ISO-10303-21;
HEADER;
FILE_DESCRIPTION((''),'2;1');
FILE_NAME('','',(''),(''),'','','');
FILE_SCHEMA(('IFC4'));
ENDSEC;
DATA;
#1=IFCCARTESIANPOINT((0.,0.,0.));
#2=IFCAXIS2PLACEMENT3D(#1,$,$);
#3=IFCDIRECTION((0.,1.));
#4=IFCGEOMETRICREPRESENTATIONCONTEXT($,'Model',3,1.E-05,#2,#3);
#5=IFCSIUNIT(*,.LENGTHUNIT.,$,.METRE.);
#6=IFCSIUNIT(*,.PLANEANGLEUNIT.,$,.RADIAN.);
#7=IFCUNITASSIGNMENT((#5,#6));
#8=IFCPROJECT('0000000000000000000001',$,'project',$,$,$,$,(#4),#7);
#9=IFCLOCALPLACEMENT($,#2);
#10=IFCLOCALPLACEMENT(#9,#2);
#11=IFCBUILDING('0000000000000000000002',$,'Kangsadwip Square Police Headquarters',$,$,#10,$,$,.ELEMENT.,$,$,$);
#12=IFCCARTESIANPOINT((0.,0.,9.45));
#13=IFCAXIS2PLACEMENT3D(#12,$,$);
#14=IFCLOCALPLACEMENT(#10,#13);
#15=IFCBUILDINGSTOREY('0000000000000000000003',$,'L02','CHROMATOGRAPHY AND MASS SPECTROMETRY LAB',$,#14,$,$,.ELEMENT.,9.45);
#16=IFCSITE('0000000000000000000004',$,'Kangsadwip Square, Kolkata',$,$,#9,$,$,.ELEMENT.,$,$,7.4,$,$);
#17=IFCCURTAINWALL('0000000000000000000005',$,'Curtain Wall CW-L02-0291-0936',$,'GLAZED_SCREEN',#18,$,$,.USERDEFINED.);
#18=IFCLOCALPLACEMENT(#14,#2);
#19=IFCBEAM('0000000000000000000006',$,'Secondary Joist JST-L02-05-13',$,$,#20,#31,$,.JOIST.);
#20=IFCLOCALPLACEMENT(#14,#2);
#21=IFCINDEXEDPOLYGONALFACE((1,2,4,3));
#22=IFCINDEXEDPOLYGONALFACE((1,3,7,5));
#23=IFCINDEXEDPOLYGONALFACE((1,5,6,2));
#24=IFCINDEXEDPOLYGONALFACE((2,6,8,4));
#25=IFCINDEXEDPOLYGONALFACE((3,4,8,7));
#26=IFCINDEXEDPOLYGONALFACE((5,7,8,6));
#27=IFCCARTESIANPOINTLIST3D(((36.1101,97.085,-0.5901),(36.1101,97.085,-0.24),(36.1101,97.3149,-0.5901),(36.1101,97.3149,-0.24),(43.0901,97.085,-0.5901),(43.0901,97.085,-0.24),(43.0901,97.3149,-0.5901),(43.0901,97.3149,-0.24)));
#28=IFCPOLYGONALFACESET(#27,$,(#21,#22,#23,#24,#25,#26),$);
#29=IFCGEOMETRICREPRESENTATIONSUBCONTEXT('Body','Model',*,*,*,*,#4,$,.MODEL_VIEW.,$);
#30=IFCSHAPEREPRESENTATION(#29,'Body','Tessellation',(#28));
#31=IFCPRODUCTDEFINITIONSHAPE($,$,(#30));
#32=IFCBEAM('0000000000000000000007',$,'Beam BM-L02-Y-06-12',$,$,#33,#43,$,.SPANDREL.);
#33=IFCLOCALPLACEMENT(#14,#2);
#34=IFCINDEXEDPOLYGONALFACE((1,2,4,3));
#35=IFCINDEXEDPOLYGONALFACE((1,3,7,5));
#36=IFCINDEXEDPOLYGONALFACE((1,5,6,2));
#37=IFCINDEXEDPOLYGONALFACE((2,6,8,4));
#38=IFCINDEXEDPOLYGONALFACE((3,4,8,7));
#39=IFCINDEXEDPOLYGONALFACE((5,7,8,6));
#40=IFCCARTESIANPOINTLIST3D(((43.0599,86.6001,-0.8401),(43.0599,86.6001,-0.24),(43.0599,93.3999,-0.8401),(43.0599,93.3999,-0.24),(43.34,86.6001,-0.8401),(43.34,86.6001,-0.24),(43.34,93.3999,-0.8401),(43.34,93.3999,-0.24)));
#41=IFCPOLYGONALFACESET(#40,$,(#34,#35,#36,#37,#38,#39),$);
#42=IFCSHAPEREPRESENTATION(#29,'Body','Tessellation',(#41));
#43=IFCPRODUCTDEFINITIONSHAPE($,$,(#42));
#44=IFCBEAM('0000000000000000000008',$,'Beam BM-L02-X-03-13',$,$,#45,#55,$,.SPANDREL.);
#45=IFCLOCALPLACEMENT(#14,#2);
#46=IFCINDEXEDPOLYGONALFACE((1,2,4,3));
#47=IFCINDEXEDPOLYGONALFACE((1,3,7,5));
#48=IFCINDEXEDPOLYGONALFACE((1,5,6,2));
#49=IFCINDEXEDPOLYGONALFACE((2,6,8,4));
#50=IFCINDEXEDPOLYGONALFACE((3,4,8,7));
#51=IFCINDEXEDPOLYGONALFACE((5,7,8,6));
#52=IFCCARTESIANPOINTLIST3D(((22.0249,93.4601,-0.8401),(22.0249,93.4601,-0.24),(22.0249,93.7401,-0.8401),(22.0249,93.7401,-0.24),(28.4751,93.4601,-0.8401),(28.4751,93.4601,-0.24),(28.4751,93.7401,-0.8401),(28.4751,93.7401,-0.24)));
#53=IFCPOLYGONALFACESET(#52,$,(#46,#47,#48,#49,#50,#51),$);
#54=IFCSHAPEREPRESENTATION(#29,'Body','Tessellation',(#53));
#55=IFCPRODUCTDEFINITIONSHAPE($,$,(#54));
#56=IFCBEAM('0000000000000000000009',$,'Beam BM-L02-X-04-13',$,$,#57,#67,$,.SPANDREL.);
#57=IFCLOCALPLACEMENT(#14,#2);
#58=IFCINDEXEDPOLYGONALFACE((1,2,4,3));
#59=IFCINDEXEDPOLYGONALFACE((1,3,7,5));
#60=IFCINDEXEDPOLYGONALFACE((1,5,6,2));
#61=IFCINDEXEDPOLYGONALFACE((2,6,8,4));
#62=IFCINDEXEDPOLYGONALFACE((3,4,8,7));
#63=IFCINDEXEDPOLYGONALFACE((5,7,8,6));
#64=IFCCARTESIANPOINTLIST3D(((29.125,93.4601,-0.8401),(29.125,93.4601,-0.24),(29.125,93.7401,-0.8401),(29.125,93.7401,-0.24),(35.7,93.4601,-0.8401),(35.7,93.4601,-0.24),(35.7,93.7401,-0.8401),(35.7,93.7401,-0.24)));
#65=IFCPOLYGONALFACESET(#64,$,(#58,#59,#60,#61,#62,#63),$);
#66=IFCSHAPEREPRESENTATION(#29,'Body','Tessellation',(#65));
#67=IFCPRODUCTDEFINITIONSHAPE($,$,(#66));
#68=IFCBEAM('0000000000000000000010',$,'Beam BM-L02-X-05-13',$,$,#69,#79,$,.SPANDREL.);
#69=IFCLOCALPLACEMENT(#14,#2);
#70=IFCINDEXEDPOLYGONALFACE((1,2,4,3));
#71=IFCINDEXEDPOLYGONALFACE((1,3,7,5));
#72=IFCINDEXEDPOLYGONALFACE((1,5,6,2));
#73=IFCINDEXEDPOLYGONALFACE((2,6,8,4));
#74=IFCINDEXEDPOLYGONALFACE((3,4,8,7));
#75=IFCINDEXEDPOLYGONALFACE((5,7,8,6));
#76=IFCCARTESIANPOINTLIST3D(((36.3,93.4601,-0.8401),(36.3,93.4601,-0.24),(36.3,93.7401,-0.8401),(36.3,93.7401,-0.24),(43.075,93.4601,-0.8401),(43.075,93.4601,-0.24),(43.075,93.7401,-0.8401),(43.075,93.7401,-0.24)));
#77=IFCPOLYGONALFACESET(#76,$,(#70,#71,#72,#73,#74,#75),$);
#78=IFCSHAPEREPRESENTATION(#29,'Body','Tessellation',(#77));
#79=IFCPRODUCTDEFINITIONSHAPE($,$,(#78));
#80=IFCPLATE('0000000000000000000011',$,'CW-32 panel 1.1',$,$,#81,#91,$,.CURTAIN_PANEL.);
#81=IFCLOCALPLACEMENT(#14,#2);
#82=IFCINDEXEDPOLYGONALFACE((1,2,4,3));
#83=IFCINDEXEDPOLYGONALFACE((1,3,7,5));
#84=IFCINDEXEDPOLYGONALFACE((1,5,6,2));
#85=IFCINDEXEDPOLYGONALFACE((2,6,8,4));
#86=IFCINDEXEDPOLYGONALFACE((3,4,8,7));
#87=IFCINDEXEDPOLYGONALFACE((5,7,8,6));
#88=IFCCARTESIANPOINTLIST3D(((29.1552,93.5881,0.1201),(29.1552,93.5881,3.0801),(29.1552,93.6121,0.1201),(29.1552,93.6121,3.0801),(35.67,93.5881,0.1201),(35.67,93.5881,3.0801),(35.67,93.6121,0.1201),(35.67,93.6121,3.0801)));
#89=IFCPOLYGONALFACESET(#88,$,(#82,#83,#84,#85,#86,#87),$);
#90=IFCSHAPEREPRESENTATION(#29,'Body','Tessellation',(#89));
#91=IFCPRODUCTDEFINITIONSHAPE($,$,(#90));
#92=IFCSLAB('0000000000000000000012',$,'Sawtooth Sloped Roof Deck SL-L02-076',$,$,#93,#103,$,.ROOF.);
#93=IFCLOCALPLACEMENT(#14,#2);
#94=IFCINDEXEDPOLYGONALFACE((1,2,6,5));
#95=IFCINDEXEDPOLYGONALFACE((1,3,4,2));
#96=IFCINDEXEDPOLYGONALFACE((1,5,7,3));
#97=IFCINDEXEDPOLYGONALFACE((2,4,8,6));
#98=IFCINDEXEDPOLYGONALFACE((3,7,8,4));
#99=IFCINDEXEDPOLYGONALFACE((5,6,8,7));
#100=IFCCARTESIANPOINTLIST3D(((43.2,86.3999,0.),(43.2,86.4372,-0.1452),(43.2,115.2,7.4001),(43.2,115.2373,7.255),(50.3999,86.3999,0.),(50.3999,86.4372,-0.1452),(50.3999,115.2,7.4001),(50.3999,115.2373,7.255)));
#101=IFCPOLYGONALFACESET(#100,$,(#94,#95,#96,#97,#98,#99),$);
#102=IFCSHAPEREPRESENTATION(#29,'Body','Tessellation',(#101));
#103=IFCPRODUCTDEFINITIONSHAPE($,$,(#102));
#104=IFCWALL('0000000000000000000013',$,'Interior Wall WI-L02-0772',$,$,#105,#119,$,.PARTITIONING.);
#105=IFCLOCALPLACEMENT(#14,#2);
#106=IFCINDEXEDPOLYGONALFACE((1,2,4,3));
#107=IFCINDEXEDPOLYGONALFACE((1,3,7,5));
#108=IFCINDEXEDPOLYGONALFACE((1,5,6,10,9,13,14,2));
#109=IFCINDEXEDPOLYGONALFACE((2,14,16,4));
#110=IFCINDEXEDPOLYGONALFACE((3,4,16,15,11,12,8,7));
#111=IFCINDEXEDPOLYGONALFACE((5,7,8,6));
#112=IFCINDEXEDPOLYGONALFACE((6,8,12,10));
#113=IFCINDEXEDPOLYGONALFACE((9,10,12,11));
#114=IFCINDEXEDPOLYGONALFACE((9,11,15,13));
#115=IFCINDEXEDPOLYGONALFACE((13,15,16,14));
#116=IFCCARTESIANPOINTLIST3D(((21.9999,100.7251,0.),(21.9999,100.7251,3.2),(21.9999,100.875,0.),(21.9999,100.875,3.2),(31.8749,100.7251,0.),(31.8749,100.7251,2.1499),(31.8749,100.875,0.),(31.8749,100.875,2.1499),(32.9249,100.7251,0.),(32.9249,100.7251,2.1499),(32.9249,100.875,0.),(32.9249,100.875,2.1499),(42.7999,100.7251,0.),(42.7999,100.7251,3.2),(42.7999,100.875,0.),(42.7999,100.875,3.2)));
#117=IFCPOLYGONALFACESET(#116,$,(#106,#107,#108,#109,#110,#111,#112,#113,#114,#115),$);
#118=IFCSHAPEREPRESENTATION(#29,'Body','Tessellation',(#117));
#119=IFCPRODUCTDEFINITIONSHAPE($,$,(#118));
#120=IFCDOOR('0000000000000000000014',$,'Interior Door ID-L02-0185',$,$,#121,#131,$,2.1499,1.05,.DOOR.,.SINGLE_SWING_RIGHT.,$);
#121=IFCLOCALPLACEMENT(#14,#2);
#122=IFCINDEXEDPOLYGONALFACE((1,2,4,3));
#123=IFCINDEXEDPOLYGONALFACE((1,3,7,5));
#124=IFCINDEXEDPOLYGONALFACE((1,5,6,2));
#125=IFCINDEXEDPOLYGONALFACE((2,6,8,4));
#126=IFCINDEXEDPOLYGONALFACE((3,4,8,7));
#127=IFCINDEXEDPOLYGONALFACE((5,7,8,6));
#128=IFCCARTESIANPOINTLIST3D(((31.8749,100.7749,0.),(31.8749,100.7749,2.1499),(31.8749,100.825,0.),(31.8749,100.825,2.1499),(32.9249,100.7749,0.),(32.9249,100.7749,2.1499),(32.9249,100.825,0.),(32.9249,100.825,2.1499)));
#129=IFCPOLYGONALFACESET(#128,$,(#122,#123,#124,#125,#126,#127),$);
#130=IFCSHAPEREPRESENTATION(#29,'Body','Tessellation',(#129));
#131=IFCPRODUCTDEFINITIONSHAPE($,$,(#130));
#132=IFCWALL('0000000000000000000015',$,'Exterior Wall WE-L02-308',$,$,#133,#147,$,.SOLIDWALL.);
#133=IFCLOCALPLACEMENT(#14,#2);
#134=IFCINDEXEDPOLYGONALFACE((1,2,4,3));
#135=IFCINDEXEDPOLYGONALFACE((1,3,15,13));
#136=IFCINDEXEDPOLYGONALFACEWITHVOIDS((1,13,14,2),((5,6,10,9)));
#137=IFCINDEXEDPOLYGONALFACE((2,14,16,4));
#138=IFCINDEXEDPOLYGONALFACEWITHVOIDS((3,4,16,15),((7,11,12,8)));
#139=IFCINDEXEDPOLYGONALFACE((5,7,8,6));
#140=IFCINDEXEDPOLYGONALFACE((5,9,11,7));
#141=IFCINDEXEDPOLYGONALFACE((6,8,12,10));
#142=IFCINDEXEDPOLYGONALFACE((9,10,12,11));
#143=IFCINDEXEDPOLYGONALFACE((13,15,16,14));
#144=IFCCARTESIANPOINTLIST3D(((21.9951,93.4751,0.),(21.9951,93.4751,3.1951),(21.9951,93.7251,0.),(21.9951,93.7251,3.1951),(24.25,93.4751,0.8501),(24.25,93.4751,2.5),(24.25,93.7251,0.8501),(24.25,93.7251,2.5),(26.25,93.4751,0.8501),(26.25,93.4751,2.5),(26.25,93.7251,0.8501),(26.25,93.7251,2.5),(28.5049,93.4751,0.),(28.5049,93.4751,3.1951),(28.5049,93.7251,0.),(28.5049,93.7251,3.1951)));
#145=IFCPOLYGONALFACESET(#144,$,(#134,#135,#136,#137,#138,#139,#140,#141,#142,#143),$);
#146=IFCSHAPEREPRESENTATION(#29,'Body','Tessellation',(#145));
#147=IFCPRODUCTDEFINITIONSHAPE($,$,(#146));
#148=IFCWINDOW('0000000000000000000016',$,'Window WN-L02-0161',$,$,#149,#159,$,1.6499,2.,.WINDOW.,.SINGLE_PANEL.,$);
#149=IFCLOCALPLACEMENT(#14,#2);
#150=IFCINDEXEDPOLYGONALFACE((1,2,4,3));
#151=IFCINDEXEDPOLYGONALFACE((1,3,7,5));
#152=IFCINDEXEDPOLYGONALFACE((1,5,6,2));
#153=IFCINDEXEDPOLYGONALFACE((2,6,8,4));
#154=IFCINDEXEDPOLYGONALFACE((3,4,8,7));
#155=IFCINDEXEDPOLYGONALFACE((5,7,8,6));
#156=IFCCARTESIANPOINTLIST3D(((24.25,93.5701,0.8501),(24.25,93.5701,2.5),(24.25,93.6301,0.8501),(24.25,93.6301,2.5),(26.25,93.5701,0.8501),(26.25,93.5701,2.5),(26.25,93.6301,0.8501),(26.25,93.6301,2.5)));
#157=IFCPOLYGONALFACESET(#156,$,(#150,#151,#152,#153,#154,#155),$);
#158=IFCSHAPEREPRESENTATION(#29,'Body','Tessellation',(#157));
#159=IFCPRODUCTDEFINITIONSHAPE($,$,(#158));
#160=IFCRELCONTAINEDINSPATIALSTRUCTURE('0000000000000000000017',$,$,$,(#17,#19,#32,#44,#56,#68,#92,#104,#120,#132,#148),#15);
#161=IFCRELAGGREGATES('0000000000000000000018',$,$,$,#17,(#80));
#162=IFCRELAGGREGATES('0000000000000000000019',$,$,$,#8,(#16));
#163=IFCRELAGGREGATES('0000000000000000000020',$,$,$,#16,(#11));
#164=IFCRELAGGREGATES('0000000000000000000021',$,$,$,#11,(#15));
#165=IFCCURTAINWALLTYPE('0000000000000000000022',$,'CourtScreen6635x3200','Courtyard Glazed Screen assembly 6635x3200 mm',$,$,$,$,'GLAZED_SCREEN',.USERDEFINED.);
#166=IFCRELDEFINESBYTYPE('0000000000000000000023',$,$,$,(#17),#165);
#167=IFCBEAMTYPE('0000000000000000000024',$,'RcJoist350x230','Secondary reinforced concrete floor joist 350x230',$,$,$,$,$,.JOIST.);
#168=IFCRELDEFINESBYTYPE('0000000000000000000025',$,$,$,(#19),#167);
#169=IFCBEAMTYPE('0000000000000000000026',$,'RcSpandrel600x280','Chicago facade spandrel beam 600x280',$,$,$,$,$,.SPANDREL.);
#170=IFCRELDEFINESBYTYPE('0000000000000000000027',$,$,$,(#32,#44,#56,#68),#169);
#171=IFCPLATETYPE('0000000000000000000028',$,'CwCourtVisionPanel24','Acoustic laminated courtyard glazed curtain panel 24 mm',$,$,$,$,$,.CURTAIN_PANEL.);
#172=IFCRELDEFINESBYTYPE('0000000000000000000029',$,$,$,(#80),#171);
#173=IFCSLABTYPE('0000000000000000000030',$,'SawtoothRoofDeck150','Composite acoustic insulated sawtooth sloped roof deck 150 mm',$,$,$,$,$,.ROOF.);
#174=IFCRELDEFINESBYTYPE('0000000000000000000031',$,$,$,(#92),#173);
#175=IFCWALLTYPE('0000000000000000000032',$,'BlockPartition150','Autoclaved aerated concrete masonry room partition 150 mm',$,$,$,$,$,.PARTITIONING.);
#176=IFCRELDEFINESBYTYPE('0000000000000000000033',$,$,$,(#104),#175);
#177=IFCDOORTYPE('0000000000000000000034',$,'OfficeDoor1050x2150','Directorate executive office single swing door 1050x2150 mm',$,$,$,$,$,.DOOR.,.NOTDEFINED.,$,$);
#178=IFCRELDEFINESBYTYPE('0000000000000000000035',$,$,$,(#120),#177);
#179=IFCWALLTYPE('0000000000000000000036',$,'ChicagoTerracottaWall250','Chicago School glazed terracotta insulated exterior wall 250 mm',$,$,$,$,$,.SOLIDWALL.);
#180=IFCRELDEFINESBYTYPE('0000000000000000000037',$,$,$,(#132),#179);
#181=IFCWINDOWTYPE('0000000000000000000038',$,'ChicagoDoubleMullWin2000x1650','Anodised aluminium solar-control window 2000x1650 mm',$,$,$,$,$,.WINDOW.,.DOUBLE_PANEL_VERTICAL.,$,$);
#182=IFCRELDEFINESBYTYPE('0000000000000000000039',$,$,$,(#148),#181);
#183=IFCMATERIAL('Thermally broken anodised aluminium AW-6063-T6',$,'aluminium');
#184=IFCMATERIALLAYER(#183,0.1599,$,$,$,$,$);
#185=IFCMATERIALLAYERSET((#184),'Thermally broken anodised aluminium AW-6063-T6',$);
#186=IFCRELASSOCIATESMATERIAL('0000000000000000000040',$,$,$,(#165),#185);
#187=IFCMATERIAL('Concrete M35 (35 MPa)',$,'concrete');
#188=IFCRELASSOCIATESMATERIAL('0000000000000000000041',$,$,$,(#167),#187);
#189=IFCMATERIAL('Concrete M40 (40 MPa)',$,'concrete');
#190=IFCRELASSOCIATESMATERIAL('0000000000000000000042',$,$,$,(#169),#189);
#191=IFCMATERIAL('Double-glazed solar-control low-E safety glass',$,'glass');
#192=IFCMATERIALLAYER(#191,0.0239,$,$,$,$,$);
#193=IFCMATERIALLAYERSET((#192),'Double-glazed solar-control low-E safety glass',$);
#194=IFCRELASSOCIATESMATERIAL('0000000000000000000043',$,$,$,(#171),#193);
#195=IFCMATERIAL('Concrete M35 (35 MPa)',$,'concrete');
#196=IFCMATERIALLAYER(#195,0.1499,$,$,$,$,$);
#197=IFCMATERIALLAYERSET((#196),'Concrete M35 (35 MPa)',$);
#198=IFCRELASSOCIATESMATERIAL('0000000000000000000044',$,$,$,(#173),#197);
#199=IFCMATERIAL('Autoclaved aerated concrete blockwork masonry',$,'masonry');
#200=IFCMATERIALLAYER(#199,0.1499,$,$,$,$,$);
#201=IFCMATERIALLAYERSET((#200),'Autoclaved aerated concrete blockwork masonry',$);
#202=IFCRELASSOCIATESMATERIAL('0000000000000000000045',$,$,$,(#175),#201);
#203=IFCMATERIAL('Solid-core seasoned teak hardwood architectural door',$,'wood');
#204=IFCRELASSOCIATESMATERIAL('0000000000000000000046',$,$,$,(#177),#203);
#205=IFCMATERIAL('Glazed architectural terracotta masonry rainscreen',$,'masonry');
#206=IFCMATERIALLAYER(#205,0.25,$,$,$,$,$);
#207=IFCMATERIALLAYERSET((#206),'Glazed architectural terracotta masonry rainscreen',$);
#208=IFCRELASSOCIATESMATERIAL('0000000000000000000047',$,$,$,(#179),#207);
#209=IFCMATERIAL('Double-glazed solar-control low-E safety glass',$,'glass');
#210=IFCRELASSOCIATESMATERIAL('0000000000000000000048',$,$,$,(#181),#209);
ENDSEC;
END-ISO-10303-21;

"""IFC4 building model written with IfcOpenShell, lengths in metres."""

from ifc_helpers import new_model, si_unit, direction, frame, frame_2d, origin, origin_2d, place, context, subcontext, project, spatial, polyline, rectangle, outline, extrude, material, layer, layer_set, material_profile, profile_set, type_object, element, fill, aggregate, save


model = new_model("IFC4")

# Units and contexts
model_context = context("Model", 3, precision=1e-05, world=origin(), true_north=direction((0.0, 1.0)))
body_context = subcontext(model_context, "Body", "Model", "MODEL_VIEW")
ifc_project = project(units=[si_unit("LENGTHUNIT", "METRE"), si_unit("PLANEANGLEUNIT", "RADIAN")], contexts=[model_context])

# Site, building, storey
site_placement = place(None, origin())
site = spatial("IfcSite", under=ifc_project, at=site_placement, Name="Kangsadwip Square, Kolkata", CompositionType="ELEMENT", RefElevation=7.4)
building_placement = place(site_placement, origin())
building = spatial("IfcBuilding", under=site, at=building_placement, Name="Kangsadwip Square Police Headquarters", CompositionType="ELEMENT")
storey_placement = place(building_placement, frame((0.0, 0.0, 9.45)))
storey = spatial("IfcBuildingStorey", under=building, at=storey_placement, Name="L02", Description="CHROMATOGRAPHY AND MASS SPECTROMETRY LAB", CompositionType="ELEMENT", Elevation=9.45)

# Curtain wall
ifc_material_1 = material(Name="Thermally broken anodised aluminium AW-6063-T6", Category="aluminium")
ifc_layer_1 = layer(ifc_material_1, 0.1599)
ifc_layer_set_1 = layer_set([ifc_layer_1], Name="Thermally broken anodised aluminium AW-6063-T6")
curtain_wall_type = type_object("IfcCurtainWallType", Name="CourtScreen6635x3200", Description="Courtyard Glazed Screen assembly 6635x3200 mm", ElementType="GLAZED_SCREEN", PredefinedType="USERDEFINED", material=ifc_layer_set_1)
curtain_wall_placement = place(storey_placement, origin())
curtain_wall = element("IfcCurtainWall", 1, at=curtain_wall_placement, inside=storey, type_object=curtain_wall_type, Name="Curtain Wall CW-L02-0291-0936", ObjectType="GLAZED_SCREEN", PredefinedType="USERDEFINED")

# Beams
ifc_material_2 = material(Name="Concrete M35 (35 MPa)", Category="concrete")
ifc_material_profile_1 = material_profile(ifc_material_2, rectangle(XDim=0.23, YDim=0.3501, at=origin_2d()), Name="RC JST 350X230")
ifc_profile_set_1 = profile_set([ifc_material_profile_1], Name="Concrete M35 (35 MPa)")
beam_type_1 = type_object("IfcBeamType", Name="RcJoist350x230", Description="Secondary reinforced concrete floor joist 350x230", PredefinedType="JOIST", material=ifc_profile_set_1)
beam_1_placement = place(storey_placement, frame((36.1101, 97.2, -0.415), z_axis=(1.0, 0.0, 0.0), x_axis=(0.0, 1.0, 0.0)))
element("IfcBeam", 2, at=beam_1_placement, inside=storey, type_object=beam_type_1, Name="Secondary Joist JST-L02-05-13", PredefinedType="JOIST", context=body_context, shape_type="SweptSolid", body=[
    extrude(rectangle(XDim=0.23, YDim=0.3501, at=origin_2d()), origin(), (0.0, 0.0, 1.0), 6.98),
])
ifc_material_3 = material(Name="Concrete M40 (40 MPa)", Category="concrete")
ifc_material_profile_2 = material_profile(ifc_material_3, rectangle(XDim=0.28, YDim=0.6001, at=origin_2d()), Name="RC SPN 600X280")
ifc_profile_set_2 = profile_set([ifc_material_profile_2], Name="Concrete M40 (40 MPa)")
beam_type_2 = type_object("IfcBeamType", Name="RcSpandrel600x280", Description="Chicago facade spandrel beam 600x280", PredefinedType="SPANDREL", material=ifc_profile_set_2)
beam_2_placement = place(storey_placement, frame((43.2, 86.6001, -0.54), z_axis=(0.0, 1.0, 0.0), x_axis=(-1.0, 0.0, 0.0)))
element("IfcBeam", 3, at=beam_2_placement, inside=storey, type_object=beam_type_2, Name="Beam BM-L02-Y-06-12", PredefinedType="SPANDREL", context=body_context, shape_type="SweptSolid", body=[
    extrude(rectangle(XDim=0.28, YDim=0.6001, at=origin_2d()), origin(), (0.0, 0.0, 1.0), 6.7998),
])
beam_3_placement = place(storey_placement, frame((22.0249, 93.6001, -0.54), z_axis=(1.0, 0.0, 0.0), x_axis=(0.0, 1.0, 0.0)))
element("IfcBeam", 4, at=beam_3_placement, inside=storey, type_object=beam_type_2, Name="Beam BM-L02-X-03-13", PredefinedType="SPANDREL", context=body_context, shape_type="SweptSolid", body=[
    extrude(rectangle(XDim=0.28, YDim=0.6001, at=origin_2d()), origin(), (0.0, 0.0, 1.0), 6.4502),
])
beam_4_placement = place(storey_placement, frame((29.125, 93.6001, -0.54), z_axis=(1.0, 0.0, 0.0), x_axis=(0.0, 1.0, 0.0)))
element("IfcBeam", 5, at=beam_4_placement, inside=storey, type_object=beam_type_2, Name="Beam BM-L02-X-04-13", PredefinedType="SPANDREL", context=body_context, shape_type="SweptSolid", body=[
    extrude(rectangle(XDim=0.28, YDim=0.6001, at=origin_2d()), origin(), (0.0, 0.0, 1.0), 6.575),
])
beam_5_placement = place(storey_placement, frame((36.3, 93.6001, -0.54), z_axis=(1.0, 0.0, 0.0), x_axis=(0.0, 1.0, 0.0)))
element("IfcBeam", 6, at=beam_5_placement, inside=storey, type_object=beam_type_2, Name="Beam BM-L02-X-05-13", PredefinedType="SPANDREL", context=body_context, shape_type="SweptSolid", body=[
    extrude(rectangle(XDim=0.28, YDim=0.6001, at=origin_2d()), origin(), (0.0, 0.0, 1.0), 6.7749),
])

# Plate
ifc_material_4 = material(Name="Double-glazed solar-control low-E safety glass", Category="glass")
ifc_layer_2 = layer(ifc_material_4, 0.0239)
ifc_layer_set_2 = layer_set([ifc_layer_2], Name="Double-glazed solar-control low-E safety glass")
plate_type = type_object("IfcPlateType", Name="CwCourtVisionPanel24", Description="Acoustic laminated courtyard glazed curtain panel 24 mm", PredefinedType="CURTAIN_PANEL", material=ifc_layer_set_2)
plate_placement = place(storey_placement, frame((32.4126, 93.6001, 0.1201), z_axis=(0.0, 0.0, 1.0), x_axis=(1.0, 0.0, 0.0)))
plate = element("IfcPlate", 7, at=plate_placement, type_object=plate_type, Name="CW-32 panel 1.1", PredefinedType="CURTAIN_PANEL", context=body_context, shape_type="SweptSolid", body=[
    extrude(rectangle(XDim=6.5149, YDim=0.0239, at=origin_2d()), origin(), (0.0, 0.0, 1.0), 2.96),
])
aggregate(curtain_wall, [plate])

# Slab
ifc_material_5 = material(Name="Concrete M35 (35 MPa)", Category="concrete")
ifc_layer_3 = layer(ifc_material_5, 0.1499)
ifc_layer_set_3 = layer_set([ifc_layer_3], Name="Concrete M35 (35 MPa)")
slab_type = type_object("IfcSlabType", Name="SawtoothRoofDeck150", Description="Composite acoustic insulated sawtooth sloped roof deck 150 mm", PredefinedType="ROOF", material=ifc_layer_set_3)
slab_placement = place(storey_placement, frame((43.2, 86.3999, 0.0), z_axis=(0.0, -0.248865, 0.968538), x_axis=(1.0, 0.0, 0.0)))
element("IfcSlab", 8, at=slab_placement, inside=storey, type_object=slab_type, Name="Sawtooth Sloped Roof Deck SL-L02-076", PredefinedType="ROOF", context=body_context, shape_type="SweptSolid", body=[
    extrude(outline(polyline([(0.0, 0.0), (7.2, 0.0), (7.2, 29.7356), (0.0, 29.7356), (0.0, 0.0)])), origin(), (0.0, 0.0, -1.0), 0.1499),
])

# Wall, opening, door
ifc_material_6 = material(Name="Autoclaved aerated concrete blockwork masonry", Category="masonry")
ifc_layer_4 = layer(ifc_material_6, 0.1499)
ifc_layer_set_4 = layer_set([ifc_layer_4], Name="Autoclaved aerated concrete blockwork masonry")
wall_type_1 = type_object("IfcWallType", Name="BlockPartition150", Description="Autoclaved aerated concrete masonry room partition 150 mm", PredefinedType="PARTITIONING", material=ifc_layer_set_4)
wall_1_placement = place(storey_placement, frame((22.0, 100.8, 0.0), z_axis=(0.0, 0.0, 1.0), x_axis=(1.0, 0.0, 0.0)))
wall_1 = element("IfcWall", 9, at=wall_1_placement, inside=storey, type_object=wall_type_1, Name="Interior Wall WI-L02-0772", PredefinedType="PARTITIONING", context=body_context, shape_type="SweptSolid", body=[
    extrude(rectangle(XDim=20.8, YDim=0.1499, at=frame_2d((10.3999, 0.0))), origin(), (0.0, 0.0, 1.0), 3.2),
])
opening_1_placement = place(wall_1_placement, frame((9.875, 0.0, 0.0)))
opening_1 = element("IfcOpeningElement", 10, at=opening_1_placement, cuts=wall_1, PredefinedType="OPENING", context=body_context, shape_type="SweptSolid", body=[
    extrude(rectangle(XDim=1.05, YDim=2.1499, at=frame_2d((0.5249, 1.075))), frame((0.0, 0.085, 0.0), z_axis=(0.0, -1.0, 0.0), x_axis=(1.0, 0.0, 0.0)), (0.0, 0.0, 1.0), 0.1699),
])
ifc_material_7 = material(Name="Solid-core seasoned teak hardwood architectural door", Category="wood")
door_type = type_object("IfcDoorType", Name="OfficeDoor1050x2150", Description="Directorate executive office single swing door 1050x2150 mm", OperationType="NOTDEFINED", PredefinedType="DOOR", material=ifc_material_7)
door_placement = place(opening_1_placement, origin())
door = element("IfcDoor", 11, at=door_placement, inside=storey, type_object=door_type, Name="Interior Door ID-L02-0185", OperationType="SINGLE_SWING_RIGHT", OverallHeight=2.1499, OverallWidth=1.05, PredefinedType="DOOR", context=body_context, shape_type="SweptSolid", body=[
    extrude(rectangle(XDim=1.05, YDim=2.1499, at=frame_2d((0.5249, 1.075))), frame((0.0, 0.0249, 0.0), z_axis=(0.0, -1.0, 0.0), x_axis=(1.0, 0.0, 0.0)), (0.0, 0.0, 1.0), 0.05),
])
fill(opening_1, door)

# Wall, opening, window
ifc_material_8 = material(Name="Glazed architectural terracotta masonry rainscreen", Category="masonry")
ifc_layer_5 = layer(ifc_material_8, 0.25)
ifc_layer_set_5 = layer_set([ifc_layer_5], Name="Glazed architectural terracotta masonry rainscreen")
wall_type_2 = type_object("IfcWallType", Name="ChicagoTerracottaWall250", Description="Chicago School glazed terracotta insulated exterior wall 250 mm", PredefinedType="SOLIDWALL", material=ifc_layer_set_5)
wall_2_placement = place(storey_placement, frame((21.9951, 93.6001, 0.0), z_axis=(0.0, 0.0, 1.0), x_axis=(1.0, 0.0, 0.0)))
wall_2 = element("IfcWall", 12, at=wall_2_placement, inside=storey, type_object=wall_type_2, Name="Exterior Wall WE-L02-308", PredefinedType="SOLIDWALL", context=body_context, shape_type="SweptSolid", body=[
    extrude(rectangle(XDim=6.5098, YDim=0.25, at=frame_2d((3.2549, 0.0))), origin(), (0.0, 0.0, 1.0), 3.1951),
])
opening_2_placement = place(wall_2_placement, frame((2.2549, 0.0, 0.8501)))
opening_2 = element("IfcOpeningElement", 13, at=opening_2_placement, cuts=wall_2, PredefinedType="OPENING", context=body_context, shape_type="SweptSolid", body=[
    extrude(rectangle(XDim=2.0, YDim=1.6499, at=frame_2d((1.0, 0.825))), frame((0.0, 0.135, 0.0), z_axis=(0.0, -1.0, 0.0), x_axis=(1.0, 0.0, 0.0)), (0.0, 0.0, 1.0), 0.27),
])
ifc_material_9 = material(Name="Double-glazed solar-control low-E safety glass", Category="glass")
window_type_1 = type_object("IfcWindowType", Name="ChicagoDoubleMullWin2000x1650", Description="Anodised aluminium solar-control window 2000x1650 mm", PartitioningType="DOUBLE_PANEL_VERTICAL", PredefinedType="WINDOW", material=ifc_material_9)
window_1_placement = place(opening_2_placement, origin())
window_1 = element("IfcWindow", 14, at=window_1_placement, inside=storey, type_object=window_type_1, Name="Window WN-L02-0161", OverallHeight=1.6499, OverallWidth=2.0, PartitioningType="SINGLE_PANEL", PredefinedType="WINDOW", context=body_context, shape_type="SweptSolid", body=[
    extrude(rectangle(XDim=2.0, YDim=1.6499, at=frame_2d((1.0, 0.825))), frame((0.0, 0.03, 0.0), z_axis=(0.0, -1.0, 0.0), x_axis=(1.0, 0.0, 0.0)), (0.0, 0.0, 1.0), 0.0601),
])
fill(opening_2, window_1)

save(model, "model.ifc")
